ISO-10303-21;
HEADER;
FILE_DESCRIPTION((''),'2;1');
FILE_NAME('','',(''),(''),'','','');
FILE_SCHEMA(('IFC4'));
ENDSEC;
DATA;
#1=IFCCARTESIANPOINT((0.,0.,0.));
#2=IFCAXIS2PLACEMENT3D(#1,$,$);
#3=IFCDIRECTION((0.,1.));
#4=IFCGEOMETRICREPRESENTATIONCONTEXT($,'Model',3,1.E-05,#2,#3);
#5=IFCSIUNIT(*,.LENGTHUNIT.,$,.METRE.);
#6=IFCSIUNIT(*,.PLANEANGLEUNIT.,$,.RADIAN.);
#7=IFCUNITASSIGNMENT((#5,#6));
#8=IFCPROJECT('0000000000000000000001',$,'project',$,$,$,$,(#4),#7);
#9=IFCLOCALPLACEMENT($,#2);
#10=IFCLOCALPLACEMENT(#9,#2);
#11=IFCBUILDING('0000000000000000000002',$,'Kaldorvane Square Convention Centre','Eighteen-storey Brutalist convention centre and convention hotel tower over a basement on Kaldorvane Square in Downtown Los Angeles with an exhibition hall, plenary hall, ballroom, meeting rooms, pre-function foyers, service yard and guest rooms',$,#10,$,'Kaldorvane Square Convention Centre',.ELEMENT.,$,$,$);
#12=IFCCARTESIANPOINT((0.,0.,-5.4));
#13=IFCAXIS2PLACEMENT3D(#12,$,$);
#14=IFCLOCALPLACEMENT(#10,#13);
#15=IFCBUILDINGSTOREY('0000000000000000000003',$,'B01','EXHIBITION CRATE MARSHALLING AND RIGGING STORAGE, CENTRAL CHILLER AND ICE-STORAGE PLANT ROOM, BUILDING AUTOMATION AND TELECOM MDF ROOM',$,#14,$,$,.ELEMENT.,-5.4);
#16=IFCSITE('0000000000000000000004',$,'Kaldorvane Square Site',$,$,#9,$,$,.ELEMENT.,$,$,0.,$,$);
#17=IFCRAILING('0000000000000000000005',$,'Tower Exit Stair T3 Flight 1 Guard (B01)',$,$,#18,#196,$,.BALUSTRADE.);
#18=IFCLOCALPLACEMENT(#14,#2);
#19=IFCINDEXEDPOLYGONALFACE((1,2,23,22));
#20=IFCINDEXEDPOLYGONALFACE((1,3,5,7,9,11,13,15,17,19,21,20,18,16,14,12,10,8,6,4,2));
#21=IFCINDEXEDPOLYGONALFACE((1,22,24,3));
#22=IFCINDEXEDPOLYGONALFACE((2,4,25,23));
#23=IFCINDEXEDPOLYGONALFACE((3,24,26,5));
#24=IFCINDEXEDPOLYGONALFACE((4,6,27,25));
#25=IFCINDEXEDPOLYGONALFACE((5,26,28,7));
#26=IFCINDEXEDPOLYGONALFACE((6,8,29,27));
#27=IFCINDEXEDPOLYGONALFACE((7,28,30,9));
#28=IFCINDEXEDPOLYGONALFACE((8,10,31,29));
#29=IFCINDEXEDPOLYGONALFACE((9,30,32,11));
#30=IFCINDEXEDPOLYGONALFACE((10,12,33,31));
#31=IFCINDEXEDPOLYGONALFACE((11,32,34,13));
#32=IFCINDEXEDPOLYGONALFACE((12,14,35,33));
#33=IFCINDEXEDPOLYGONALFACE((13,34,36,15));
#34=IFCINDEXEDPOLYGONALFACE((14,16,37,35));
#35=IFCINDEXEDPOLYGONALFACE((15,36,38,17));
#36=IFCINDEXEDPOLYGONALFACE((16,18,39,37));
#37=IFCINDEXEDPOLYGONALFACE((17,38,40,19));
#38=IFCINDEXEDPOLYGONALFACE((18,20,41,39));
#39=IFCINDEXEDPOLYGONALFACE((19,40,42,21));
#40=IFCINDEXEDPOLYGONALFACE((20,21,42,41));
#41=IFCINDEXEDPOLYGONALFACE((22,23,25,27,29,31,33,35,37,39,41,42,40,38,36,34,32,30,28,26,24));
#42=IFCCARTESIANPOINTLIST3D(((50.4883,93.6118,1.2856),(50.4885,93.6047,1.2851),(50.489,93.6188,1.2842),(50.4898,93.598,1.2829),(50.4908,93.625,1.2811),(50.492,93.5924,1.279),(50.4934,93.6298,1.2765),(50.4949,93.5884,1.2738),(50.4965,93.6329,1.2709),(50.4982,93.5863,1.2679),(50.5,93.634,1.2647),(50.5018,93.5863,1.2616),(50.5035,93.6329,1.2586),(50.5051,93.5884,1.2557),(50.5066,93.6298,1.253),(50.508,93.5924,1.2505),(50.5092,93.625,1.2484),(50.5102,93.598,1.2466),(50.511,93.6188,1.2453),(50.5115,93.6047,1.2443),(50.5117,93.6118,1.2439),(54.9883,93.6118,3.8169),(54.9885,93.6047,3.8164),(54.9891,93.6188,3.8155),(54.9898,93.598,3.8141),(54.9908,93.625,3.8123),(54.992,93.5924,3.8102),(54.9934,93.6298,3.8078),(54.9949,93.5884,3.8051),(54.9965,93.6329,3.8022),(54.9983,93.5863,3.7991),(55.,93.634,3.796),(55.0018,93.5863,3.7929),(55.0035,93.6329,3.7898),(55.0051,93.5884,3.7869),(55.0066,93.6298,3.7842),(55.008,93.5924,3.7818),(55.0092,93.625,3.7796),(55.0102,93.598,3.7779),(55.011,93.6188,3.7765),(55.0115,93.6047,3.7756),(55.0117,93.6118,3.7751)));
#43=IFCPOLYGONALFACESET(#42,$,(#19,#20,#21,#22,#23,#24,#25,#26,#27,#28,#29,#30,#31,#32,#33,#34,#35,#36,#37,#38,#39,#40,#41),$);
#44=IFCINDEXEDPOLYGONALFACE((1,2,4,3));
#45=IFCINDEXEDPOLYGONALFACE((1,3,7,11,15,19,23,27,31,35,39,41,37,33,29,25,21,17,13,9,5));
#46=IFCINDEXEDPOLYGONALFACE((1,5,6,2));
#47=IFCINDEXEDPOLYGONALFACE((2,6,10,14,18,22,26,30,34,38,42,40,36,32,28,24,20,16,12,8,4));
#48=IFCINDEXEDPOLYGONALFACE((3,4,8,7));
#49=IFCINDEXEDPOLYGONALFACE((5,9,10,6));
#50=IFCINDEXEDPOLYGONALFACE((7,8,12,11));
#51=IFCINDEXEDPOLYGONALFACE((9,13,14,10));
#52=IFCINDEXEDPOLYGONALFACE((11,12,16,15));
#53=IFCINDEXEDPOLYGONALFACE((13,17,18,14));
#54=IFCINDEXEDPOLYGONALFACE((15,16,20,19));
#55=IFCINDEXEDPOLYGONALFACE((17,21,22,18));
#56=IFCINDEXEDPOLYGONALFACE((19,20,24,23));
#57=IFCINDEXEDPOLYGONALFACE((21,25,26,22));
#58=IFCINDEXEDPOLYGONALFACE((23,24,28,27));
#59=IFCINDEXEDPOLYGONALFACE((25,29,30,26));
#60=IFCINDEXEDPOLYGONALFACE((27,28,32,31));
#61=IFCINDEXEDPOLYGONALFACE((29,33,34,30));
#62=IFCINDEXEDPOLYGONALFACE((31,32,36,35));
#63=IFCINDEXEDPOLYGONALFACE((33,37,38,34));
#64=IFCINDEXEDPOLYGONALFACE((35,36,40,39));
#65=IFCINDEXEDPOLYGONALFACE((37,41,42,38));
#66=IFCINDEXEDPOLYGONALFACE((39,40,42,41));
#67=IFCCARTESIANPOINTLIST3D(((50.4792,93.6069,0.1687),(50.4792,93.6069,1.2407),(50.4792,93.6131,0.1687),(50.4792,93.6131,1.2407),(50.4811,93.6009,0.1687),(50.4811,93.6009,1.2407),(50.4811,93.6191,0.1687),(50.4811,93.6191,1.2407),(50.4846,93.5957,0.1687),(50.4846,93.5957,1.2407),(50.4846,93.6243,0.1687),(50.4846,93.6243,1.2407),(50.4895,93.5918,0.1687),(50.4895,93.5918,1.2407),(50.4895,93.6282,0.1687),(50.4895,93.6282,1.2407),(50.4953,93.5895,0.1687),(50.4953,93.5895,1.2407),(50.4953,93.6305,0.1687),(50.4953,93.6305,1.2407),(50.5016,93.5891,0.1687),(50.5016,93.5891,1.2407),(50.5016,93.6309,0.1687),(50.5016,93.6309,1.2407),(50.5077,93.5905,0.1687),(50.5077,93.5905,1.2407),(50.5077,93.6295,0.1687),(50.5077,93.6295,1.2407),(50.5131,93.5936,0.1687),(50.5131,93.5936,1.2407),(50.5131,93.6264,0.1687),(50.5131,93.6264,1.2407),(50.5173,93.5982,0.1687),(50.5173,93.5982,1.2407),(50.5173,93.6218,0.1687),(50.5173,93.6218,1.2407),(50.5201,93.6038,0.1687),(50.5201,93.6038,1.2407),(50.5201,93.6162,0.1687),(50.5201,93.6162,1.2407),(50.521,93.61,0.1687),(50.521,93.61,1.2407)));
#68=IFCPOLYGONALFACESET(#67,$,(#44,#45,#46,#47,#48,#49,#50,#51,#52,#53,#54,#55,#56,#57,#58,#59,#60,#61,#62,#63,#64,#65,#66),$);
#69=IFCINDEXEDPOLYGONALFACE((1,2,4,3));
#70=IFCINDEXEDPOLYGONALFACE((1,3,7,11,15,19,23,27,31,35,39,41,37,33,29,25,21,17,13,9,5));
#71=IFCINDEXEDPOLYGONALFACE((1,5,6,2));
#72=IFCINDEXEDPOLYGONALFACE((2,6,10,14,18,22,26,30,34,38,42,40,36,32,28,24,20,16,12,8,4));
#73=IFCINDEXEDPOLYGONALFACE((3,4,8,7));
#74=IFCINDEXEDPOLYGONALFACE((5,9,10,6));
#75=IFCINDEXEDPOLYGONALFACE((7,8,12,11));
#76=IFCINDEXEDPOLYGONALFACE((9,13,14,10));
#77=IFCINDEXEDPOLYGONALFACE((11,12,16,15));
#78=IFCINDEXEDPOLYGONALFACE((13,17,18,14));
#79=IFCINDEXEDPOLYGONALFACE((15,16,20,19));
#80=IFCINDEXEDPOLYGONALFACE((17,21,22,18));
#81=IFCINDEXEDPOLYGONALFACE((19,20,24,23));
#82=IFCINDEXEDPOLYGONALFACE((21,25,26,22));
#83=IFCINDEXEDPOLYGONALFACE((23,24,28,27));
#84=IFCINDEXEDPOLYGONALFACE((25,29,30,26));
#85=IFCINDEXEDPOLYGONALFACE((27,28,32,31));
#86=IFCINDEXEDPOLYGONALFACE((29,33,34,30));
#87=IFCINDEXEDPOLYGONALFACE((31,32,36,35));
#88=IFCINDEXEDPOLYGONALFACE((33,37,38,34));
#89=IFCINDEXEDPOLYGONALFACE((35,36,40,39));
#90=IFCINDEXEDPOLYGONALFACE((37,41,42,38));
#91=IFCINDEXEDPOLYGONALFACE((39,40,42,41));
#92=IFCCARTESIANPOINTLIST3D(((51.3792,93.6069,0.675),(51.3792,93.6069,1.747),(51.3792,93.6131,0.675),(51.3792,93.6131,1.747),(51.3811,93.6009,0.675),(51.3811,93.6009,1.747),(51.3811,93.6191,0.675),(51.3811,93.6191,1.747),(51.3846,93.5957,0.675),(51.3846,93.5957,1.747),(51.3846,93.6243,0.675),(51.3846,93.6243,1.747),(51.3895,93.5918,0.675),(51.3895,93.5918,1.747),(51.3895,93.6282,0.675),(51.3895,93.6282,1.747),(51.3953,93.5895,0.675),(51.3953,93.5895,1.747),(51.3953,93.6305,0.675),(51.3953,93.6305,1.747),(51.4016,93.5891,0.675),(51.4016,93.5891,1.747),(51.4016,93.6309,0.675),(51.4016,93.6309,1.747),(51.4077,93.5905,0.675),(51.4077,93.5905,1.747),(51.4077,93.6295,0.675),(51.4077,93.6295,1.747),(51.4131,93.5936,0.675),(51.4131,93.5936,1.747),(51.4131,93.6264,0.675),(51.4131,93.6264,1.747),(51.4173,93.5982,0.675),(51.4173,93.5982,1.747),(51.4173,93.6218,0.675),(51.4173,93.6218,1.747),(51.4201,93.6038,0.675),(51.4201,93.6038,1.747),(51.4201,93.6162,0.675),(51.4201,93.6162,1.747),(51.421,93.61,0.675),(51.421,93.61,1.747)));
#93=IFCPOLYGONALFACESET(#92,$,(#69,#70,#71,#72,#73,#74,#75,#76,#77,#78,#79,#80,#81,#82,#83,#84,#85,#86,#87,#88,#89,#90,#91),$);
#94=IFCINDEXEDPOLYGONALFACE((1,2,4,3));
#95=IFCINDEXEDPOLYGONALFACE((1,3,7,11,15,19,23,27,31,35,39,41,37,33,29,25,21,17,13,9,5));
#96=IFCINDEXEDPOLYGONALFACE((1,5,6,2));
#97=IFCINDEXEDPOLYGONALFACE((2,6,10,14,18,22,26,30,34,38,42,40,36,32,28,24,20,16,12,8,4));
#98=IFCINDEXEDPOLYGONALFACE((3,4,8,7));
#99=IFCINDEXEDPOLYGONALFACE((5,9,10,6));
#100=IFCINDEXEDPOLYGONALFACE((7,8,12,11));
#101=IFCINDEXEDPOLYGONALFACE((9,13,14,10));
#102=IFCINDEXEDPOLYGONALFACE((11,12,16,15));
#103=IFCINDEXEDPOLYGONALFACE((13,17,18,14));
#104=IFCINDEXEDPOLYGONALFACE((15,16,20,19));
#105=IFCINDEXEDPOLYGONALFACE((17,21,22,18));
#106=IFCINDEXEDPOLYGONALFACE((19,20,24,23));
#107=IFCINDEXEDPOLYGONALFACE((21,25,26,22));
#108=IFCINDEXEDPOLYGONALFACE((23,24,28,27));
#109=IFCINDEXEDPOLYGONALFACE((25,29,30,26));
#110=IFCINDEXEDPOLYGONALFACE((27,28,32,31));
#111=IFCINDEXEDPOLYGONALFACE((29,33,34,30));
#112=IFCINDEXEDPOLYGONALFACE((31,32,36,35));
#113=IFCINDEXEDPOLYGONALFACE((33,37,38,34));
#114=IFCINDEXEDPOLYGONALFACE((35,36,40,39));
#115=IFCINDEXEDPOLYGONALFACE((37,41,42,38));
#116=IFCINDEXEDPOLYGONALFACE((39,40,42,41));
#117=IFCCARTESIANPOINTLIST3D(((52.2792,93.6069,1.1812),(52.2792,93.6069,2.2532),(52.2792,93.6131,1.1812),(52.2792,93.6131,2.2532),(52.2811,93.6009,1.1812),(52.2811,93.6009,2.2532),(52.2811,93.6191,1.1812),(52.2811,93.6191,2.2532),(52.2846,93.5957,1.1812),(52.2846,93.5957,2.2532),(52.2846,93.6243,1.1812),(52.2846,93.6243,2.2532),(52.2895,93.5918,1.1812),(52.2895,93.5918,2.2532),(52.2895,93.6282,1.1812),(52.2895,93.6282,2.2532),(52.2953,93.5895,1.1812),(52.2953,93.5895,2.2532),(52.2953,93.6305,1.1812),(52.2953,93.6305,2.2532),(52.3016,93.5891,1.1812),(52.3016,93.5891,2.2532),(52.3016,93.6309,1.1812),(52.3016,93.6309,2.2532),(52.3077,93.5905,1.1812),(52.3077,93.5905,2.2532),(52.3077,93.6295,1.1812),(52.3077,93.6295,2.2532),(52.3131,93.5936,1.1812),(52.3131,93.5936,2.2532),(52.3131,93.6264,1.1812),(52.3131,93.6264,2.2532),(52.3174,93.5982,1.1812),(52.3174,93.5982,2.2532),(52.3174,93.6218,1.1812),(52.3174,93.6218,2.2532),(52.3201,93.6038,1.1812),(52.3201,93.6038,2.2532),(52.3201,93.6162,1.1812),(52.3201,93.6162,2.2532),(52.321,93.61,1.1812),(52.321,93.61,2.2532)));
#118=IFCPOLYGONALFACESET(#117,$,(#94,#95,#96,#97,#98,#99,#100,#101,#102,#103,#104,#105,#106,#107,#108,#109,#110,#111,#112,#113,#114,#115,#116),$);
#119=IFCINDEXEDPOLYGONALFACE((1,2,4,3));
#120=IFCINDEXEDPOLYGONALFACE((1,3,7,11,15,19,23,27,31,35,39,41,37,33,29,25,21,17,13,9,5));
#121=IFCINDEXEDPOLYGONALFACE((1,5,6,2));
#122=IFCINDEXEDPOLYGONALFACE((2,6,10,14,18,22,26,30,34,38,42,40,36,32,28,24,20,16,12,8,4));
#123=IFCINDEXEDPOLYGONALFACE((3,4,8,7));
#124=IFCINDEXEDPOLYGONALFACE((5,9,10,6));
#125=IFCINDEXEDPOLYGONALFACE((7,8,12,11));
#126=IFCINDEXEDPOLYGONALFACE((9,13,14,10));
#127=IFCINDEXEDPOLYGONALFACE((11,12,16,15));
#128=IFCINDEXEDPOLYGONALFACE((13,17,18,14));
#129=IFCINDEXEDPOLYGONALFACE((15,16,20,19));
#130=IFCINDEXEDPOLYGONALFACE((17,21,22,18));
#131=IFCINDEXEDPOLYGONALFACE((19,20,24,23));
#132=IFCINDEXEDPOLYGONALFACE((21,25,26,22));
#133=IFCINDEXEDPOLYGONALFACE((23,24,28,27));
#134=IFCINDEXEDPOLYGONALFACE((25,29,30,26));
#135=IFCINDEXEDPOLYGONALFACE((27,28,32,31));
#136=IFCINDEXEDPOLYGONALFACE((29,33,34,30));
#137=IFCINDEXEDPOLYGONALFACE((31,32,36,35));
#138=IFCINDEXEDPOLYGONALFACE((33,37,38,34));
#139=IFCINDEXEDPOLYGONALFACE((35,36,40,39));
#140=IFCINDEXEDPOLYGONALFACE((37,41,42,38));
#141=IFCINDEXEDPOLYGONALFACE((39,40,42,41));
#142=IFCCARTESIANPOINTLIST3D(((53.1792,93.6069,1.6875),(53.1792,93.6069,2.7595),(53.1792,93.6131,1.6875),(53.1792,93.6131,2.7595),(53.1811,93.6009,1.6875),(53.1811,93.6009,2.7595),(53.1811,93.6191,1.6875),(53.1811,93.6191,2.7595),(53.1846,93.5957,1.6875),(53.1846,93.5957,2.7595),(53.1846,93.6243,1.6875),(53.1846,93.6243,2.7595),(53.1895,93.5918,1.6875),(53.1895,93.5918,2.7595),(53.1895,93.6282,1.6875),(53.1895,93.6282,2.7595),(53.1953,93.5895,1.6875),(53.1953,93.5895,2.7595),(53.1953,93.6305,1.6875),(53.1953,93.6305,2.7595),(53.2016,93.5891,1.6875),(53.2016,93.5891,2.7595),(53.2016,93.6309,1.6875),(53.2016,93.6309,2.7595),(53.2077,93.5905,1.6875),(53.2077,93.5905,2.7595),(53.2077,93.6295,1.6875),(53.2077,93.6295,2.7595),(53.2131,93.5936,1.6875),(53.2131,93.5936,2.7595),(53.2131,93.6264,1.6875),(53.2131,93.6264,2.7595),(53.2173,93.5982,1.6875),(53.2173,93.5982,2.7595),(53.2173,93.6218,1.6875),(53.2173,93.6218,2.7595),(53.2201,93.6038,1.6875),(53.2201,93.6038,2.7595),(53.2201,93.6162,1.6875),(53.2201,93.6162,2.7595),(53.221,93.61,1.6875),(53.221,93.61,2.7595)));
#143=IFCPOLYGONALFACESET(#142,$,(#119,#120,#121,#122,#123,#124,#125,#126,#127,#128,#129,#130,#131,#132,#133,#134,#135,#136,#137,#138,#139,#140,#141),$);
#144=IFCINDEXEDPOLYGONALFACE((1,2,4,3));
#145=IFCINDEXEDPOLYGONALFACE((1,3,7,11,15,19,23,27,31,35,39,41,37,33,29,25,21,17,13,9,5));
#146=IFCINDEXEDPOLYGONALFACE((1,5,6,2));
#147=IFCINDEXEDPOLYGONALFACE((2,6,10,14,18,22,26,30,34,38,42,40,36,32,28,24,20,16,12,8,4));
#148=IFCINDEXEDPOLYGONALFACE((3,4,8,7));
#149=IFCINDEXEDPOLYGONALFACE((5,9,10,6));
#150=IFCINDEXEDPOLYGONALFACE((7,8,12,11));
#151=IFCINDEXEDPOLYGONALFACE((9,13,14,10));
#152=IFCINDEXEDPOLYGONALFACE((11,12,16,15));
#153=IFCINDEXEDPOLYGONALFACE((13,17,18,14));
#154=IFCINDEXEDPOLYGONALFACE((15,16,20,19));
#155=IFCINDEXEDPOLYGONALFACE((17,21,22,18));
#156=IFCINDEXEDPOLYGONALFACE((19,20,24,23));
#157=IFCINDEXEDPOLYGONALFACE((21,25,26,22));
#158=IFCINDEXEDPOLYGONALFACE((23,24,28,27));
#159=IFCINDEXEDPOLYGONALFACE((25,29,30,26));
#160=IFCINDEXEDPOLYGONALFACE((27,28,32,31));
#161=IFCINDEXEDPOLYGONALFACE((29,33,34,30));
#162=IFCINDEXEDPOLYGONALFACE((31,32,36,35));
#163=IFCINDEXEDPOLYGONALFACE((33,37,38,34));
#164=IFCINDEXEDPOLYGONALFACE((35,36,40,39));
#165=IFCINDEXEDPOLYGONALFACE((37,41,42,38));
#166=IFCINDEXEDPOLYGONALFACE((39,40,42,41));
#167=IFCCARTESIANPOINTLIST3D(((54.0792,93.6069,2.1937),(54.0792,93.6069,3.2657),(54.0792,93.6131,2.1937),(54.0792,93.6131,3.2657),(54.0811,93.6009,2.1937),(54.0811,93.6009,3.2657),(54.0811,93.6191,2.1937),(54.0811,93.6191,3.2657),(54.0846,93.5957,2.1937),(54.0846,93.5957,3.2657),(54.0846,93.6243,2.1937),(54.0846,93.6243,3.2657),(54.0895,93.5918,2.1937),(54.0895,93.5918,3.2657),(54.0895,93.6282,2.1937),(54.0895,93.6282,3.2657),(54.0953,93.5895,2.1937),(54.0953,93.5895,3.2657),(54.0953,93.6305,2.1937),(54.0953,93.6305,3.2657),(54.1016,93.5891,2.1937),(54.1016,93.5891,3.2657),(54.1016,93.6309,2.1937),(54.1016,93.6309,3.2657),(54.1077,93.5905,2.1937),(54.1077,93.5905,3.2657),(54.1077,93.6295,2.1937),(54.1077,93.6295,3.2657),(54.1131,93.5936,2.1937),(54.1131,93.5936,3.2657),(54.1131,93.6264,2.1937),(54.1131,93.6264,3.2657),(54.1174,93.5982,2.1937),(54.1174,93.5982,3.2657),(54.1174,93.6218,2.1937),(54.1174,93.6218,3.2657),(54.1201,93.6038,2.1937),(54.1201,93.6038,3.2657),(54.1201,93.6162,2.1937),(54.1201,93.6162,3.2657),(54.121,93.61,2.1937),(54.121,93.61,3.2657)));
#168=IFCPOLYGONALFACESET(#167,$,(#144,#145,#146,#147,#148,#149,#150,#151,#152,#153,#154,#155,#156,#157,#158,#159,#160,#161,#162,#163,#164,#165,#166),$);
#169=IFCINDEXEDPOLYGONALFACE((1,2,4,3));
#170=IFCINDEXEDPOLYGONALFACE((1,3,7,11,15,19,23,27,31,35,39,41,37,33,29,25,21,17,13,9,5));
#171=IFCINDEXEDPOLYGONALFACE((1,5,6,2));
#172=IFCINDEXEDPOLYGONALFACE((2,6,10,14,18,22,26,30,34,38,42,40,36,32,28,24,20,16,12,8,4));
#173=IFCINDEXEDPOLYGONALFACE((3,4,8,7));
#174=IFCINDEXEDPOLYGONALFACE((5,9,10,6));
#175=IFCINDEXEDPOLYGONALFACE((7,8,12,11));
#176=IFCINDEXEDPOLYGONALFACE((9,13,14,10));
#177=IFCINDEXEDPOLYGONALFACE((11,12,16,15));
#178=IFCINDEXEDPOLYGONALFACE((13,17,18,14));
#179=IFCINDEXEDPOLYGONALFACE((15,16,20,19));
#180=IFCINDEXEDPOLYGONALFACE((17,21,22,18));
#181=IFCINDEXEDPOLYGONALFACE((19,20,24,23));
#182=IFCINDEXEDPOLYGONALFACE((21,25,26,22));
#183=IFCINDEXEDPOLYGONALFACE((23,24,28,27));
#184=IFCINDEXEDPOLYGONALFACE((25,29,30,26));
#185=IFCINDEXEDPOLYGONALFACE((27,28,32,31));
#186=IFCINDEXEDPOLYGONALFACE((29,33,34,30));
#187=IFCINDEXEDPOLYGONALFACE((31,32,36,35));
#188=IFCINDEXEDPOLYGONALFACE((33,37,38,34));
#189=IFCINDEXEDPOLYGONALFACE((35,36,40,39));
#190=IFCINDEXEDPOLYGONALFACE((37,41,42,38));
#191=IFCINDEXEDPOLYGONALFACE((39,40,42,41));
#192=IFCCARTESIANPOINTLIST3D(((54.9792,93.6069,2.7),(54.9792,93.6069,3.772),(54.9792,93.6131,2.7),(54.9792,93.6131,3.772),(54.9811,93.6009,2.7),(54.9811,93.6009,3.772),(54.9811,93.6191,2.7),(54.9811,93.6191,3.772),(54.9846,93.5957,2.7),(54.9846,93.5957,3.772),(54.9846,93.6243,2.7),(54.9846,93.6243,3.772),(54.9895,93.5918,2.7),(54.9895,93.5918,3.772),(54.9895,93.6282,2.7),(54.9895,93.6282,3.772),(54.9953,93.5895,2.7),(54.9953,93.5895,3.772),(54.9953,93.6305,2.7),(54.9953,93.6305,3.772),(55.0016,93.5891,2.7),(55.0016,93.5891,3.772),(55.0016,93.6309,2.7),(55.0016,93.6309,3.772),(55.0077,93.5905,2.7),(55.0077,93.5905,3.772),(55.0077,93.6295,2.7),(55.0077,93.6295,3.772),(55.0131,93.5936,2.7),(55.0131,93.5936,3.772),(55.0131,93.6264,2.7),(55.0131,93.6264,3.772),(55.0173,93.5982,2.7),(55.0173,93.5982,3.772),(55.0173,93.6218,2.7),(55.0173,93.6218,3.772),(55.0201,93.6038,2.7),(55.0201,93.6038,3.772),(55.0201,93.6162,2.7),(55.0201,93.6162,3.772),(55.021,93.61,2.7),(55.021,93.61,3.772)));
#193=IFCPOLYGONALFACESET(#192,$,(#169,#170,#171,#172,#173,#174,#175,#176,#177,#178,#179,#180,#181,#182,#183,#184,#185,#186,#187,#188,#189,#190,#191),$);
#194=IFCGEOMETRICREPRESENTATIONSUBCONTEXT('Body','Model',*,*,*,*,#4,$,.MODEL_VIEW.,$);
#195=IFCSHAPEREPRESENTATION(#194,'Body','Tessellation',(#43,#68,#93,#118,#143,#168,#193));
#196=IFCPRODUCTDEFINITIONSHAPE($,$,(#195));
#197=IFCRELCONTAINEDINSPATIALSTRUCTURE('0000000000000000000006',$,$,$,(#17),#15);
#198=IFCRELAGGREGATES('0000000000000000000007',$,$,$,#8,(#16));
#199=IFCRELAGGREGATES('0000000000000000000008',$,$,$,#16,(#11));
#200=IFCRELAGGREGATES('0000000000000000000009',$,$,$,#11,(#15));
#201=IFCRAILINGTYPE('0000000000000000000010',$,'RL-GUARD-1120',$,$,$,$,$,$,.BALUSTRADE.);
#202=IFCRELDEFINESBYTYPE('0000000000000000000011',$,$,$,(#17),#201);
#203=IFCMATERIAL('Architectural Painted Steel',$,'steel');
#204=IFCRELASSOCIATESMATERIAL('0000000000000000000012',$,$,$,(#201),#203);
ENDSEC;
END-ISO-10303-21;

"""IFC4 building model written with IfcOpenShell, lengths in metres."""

from ifc_helpers import new_model, si_unit, direction, frame, origin, origin_2d, place, context, subcontext, project, spatial, circle, extrude, material, type_object, element, save


model = new_model("IFC4")

# Units and contexts
model_context = context("Model", 3, precision=1e-05, world=origin(), true_north=direction((0.0, 1.0)))
body_context = subcontext(model_context, "Body", "Model", "MODEL_VIEW")
ifc_project = project(units=[si_unit("LENGTHUNIT", "METRE"), si_unit("PLANEANGLEUNIT", "RADIAN")], contexts=[model_context])

# Site, building, storey
site_placement = place(None, origin())
site = spatial("IfcSite", under=ifc_project, at=site_placement, Name="Kaldorvane Square Site", CompositionType="ELEMENT", RefElevation=0.0)
building_placement = place(site_placement, origin())
building = spatial("IfcBuilding", under=site, at=building_placement, Name="Kaldorvane Square Convention Centre", Description="Eighteen-storey Brutalist convention centre and convention hotel tower over a basement on Kaldorvane Square in Downtown Los Angeles with an exhibition hall, plenary hall, ballroom, meeting rooms, pre-function foyers, service yard and guest rooms", LongName="Kaldorvane Square Convention Centre", CompositionType="ELEMENT")
storey_placement = place(building_placement, frame((0.0, 0.0, -5.4)))
storey = spatial("IfcBuildingStorey", under=building, at=storey_placement, Name="B01", Description="EXHIBITION CRATE MARSHALLING AND RIGGING STORAGE, CENTRAL CHILLER AND ICE-STORAGE PLANT ROOM, BUILDING AUTOMATION AND TELECOM MDF ROOM", CompositionType="ELEMENT", Elevation=-5.4)

# Railing
ifc_material_1 = material(Name="Architectural Painted Steel", Category="steel")
railing_type_1 = type_object("IfcRailingType", Name="RL-GUARD-1120", PredefinedType="BALUSTRADE", material=ifc_material_1)
railing_1_placement = place(storey_placement, frame((50.5, 93.61, 0.1687)))
element("IfcRailing", 1, at=railing_1_placement, inside=storey, type_object=railing_type_1, Name="Tower Exit Stair T3 Flight 1 Guard (B01)", PredefinedType="BALUSTRADE", context=body_context, shape_type="SweptSolid", body=[
    extrude(circle(Radius=0.024, at=origin_2d()), frame((0.0, 0.0, 1.096), z_axis=(0.871576, 0.0, 0.490261), x_axis=(0.0, 1.0, 0.0)), (0.0, 0.0, 1.0), 5.1631),
    extrude(circle(Radius=0.021, at=origin_2d()), origin(), (0.0, 0.0, 1.0), 1.072),
    extrude(circle(Radius=0.021, at=origin_2d()), frame((0.9, 0.0, 0.5063)), (0.0, 0.0, 1.0), 1.072),
    extrude(circle(Radius=0.021, at=origin_2d()), frame((1.8, 0.0, 1.0125)), (0.0, 0.0, 1.0), 1.072),
    extrude(circle(Radius=0.021, at=origin_2d()), frame((2.7, 0.0, 1.5188)), (0.0, 0.0, 1.0), 1.072),
    extrude(circle(Radius=0.021, at=origin_2d()), frame((3.6, 0.0, 2.025)), (0.0, 0.0, 1.0), 1.072),
    extrude(circle(Radius=0.021, at=origin_2d()), frame((4.5, 0.0, 2.5312)), (0.0, 0.0, 1.0), 1.072),
])

save(model, "model.ifc")
